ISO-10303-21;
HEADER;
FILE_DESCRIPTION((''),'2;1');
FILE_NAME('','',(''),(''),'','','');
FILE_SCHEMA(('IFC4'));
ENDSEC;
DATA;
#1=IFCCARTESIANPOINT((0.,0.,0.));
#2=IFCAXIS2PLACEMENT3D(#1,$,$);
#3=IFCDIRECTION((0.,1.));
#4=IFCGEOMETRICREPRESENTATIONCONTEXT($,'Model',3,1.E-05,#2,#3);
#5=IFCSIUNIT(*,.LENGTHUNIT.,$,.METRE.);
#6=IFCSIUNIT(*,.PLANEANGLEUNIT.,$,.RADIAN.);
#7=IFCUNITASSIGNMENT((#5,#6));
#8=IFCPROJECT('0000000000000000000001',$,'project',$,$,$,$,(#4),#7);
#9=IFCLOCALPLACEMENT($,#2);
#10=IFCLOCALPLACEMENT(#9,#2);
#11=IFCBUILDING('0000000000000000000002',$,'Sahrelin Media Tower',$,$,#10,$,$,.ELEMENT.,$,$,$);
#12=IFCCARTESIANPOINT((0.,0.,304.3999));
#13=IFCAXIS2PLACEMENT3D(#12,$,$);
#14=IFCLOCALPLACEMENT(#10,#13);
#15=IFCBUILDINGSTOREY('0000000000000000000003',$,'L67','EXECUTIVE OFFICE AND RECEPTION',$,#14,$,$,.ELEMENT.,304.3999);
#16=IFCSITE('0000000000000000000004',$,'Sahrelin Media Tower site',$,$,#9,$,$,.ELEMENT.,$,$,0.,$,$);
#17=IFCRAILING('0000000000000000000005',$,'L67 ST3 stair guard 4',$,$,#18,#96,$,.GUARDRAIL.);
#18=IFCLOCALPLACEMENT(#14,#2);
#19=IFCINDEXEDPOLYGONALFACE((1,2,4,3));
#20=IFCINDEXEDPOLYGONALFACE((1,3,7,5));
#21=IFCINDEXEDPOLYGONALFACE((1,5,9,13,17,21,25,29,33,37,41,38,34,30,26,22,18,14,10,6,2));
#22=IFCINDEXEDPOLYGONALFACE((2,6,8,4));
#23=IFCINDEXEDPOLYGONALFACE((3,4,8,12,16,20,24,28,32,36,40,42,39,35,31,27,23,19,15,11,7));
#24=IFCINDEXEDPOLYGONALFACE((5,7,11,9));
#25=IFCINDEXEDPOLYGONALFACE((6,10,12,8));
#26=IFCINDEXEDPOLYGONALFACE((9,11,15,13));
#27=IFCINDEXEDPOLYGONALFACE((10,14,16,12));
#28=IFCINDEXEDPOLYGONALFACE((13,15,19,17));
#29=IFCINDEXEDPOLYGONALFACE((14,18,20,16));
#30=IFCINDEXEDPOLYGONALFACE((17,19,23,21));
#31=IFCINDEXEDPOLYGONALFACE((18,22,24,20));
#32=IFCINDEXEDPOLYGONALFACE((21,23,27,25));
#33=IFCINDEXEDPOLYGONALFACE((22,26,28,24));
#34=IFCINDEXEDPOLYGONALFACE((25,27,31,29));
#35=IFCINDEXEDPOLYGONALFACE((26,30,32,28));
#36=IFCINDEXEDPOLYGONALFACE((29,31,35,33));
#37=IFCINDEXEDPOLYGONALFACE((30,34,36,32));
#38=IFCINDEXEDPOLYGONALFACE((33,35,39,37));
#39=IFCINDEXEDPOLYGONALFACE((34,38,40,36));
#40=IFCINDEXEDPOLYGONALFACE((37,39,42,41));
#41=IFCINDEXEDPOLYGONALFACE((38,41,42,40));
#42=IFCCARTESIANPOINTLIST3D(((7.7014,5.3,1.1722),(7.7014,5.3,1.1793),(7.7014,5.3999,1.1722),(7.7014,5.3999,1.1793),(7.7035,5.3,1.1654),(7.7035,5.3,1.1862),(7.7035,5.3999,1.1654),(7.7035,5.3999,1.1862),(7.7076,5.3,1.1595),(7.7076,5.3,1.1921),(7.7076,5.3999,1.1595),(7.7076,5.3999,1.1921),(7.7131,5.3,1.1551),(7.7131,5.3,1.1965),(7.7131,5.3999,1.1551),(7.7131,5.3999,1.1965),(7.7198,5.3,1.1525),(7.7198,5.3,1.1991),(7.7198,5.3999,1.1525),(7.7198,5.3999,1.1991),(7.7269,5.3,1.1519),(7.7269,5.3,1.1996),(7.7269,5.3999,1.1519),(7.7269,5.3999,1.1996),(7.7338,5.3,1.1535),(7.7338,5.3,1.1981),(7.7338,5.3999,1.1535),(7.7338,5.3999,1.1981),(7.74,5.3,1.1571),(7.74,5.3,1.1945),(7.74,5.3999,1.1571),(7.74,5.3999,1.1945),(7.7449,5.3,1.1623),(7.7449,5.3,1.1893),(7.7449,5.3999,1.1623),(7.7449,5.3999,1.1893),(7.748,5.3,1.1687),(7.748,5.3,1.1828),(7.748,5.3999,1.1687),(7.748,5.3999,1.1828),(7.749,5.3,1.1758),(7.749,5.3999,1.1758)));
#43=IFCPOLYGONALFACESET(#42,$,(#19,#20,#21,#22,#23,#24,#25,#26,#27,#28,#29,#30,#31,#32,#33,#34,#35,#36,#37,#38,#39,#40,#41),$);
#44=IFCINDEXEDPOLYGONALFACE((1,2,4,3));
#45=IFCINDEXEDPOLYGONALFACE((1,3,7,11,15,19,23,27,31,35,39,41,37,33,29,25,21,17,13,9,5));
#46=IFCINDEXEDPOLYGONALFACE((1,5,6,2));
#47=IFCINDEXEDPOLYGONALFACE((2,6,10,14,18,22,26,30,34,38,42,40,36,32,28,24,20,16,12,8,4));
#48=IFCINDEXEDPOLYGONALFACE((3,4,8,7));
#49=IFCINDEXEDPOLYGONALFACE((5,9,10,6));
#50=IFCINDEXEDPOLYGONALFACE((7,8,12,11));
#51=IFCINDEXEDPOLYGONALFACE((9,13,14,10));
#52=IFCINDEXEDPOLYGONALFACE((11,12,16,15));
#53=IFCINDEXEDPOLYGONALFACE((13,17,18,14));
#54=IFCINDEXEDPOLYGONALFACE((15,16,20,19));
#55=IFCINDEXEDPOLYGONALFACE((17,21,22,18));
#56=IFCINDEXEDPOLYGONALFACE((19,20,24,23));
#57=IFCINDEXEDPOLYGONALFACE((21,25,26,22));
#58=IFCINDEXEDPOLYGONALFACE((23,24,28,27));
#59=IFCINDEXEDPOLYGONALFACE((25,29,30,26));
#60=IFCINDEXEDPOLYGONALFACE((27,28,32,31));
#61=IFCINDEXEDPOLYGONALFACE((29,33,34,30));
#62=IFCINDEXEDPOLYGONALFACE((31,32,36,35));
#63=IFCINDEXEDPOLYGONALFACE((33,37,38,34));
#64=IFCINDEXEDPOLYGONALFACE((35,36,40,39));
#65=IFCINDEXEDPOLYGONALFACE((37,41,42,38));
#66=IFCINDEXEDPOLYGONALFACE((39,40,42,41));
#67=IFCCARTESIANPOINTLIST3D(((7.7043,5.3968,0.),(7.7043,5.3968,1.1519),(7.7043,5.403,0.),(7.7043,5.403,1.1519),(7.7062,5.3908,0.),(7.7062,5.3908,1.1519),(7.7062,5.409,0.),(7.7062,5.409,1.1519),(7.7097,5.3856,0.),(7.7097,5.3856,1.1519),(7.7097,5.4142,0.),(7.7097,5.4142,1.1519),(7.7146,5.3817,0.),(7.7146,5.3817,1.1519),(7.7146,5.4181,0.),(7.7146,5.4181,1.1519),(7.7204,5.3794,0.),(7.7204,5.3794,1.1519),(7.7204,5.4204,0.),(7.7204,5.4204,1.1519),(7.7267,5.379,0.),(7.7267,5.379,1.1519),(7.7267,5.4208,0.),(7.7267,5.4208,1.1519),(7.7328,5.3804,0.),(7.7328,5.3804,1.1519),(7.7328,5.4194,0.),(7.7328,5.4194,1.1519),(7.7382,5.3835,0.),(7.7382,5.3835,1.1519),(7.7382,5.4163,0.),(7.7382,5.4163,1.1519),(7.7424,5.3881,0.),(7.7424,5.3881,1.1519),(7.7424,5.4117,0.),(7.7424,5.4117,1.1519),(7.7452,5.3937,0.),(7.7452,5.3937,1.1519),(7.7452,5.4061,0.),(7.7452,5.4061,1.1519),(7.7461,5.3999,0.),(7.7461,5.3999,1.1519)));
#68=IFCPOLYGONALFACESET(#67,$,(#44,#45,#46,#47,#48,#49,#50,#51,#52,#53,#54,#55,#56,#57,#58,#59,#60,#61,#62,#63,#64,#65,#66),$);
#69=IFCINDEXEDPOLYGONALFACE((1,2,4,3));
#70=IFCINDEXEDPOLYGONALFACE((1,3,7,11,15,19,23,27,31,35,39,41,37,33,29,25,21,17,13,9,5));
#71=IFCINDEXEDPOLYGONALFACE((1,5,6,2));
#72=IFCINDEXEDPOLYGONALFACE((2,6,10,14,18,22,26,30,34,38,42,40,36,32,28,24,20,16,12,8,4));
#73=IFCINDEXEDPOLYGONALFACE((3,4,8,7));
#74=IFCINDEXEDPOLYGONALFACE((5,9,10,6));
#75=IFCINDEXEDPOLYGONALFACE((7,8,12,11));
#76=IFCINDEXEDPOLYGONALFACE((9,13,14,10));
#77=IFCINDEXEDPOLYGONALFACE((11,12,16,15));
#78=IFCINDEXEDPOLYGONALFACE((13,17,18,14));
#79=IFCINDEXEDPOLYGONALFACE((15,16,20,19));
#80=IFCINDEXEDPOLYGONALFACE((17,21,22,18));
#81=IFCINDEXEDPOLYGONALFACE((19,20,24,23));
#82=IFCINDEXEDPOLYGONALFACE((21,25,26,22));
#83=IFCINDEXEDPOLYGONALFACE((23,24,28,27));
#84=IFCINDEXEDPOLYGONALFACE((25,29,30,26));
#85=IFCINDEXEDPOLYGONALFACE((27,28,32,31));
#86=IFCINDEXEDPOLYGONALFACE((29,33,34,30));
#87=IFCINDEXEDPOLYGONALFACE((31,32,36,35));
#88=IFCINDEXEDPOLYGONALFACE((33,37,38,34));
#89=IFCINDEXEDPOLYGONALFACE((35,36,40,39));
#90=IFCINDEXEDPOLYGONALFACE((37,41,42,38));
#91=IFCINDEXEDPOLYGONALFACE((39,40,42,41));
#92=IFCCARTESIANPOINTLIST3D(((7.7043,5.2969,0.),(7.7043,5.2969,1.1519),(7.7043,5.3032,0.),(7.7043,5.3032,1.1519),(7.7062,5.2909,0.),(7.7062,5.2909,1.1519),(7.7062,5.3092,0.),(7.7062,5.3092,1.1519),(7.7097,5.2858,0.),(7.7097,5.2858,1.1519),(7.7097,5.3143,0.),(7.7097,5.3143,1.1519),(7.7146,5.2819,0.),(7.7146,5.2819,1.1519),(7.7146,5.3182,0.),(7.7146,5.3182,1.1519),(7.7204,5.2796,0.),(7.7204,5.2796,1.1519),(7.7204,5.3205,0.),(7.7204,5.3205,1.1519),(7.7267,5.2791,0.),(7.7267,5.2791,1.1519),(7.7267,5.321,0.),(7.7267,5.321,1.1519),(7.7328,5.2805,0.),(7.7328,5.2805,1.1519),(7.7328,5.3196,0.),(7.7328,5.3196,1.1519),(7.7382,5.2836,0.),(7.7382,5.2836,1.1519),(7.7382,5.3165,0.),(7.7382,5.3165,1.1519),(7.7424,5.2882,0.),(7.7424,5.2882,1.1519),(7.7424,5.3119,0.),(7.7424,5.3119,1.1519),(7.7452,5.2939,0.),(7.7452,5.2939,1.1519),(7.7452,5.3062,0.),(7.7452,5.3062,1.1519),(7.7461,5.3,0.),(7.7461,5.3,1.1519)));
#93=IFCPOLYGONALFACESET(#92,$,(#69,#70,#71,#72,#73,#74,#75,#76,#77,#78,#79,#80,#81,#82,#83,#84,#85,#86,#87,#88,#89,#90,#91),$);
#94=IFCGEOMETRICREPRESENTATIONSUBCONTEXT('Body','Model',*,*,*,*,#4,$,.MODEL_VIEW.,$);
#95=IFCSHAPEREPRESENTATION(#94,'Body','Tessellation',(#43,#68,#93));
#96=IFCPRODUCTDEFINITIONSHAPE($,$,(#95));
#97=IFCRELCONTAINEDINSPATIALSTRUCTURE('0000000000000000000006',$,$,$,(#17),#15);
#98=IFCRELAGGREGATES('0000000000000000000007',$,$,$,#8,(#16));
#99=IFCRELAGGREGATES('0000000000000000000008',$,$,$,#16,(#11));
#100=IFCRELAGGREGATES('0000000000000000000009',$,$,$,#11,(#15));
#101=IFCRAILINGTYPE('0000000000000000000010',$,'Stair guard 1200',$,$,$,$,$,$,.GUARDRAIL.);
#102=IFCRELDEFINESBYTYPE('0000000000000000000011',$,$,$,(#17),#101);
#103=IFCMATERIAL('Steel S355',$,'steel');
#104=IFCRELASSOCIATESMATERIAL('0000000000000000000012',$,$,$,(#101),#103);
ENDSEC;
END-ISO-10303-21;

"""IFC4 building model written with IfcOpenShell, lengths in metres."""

from ifc_helpers import new_model, si_unit, direction, frame, origin, origin_2d, place, context, subcontext, project, spatial, circle, extrude, material, type_object, element, save


model = new_model("IFC4")

# Units and contexts
model_context = context("Model", 3, precision=1e-05, world=origin(), true_north=direction((0.0, 1.0)))
body_context = subcontext(model_context, "Body", "Model", "MODEL_VIEW")
ifc_project = project(units=[si_unit("LENGTHUNIT", "METRE"), si_unit("PLANEANGLEUNIT", "RADIAN")], contexts=[model_context])

# Site, building, storey
site_placement = place(None, origin())
site = spatial("IfcSite", under=ifc_project, at=site_placement, Name="Sahrelin Media Tower site", CompositionType="ELEMENT", RefElevation=0.0)
building_placement = place(site_placement, origin())
building = spatial("IfcBuilding", under=site, at=building_placement, Name="Sahrelin Media Tower", CompositionType="ELEMENT")
storey_placement = place(building_placement, frame((0.0, 0.0, 304.3999)))
storey = spatial("IfcBuildingStorey", under=building, at=storey_placement, Name="L67", Description="EXECUTIVE OFFICE AND RECEPTION", CompositionType="ELEMENT", Elevation=304.3999)

# Shared definitions
ifc_material_1 = material(Name="Steel S355", Category="steel")

# Railing
railing_type_1 = type_object("IfcRailingType", Name="Stair guard 1200", PredefinedType="GUARDRAIL", material=ifc_material_1)
railing_1_placement = place(storey_placement, frame((7.7251, 5.3999, 0.0)))
element("IfcRailing", 1, at=railing_1_placement, inside=storey, type_object=railing_type_1, Name="L67 ST3 stair guard 4", PredefinedType="GUARDRAIL", context=body_context, shape_type="SweptSolid", body=[
    extrude(circle(Radius=0.0239, at=origin_2d()), frame((0.0, 0.0, 1.1758), z_axis=(0.0, -1.0, 0.0), x_axis=(1.0, 0.0, 0.0)), (0.0, 0.0, 1.0), 0.0999),
    extrude(circle(Radius=0.021, at=origin_2d()), origin(), (0.0, 0.0, 1.0), 1.1519),
    extrude(circle(Radius=0.021, at=origin_2d()), frame((0.0, -0.0999, 0.0)), (0.0, 0.0, 1.0), 1.1519),
])

save(model, "model.ifc")
